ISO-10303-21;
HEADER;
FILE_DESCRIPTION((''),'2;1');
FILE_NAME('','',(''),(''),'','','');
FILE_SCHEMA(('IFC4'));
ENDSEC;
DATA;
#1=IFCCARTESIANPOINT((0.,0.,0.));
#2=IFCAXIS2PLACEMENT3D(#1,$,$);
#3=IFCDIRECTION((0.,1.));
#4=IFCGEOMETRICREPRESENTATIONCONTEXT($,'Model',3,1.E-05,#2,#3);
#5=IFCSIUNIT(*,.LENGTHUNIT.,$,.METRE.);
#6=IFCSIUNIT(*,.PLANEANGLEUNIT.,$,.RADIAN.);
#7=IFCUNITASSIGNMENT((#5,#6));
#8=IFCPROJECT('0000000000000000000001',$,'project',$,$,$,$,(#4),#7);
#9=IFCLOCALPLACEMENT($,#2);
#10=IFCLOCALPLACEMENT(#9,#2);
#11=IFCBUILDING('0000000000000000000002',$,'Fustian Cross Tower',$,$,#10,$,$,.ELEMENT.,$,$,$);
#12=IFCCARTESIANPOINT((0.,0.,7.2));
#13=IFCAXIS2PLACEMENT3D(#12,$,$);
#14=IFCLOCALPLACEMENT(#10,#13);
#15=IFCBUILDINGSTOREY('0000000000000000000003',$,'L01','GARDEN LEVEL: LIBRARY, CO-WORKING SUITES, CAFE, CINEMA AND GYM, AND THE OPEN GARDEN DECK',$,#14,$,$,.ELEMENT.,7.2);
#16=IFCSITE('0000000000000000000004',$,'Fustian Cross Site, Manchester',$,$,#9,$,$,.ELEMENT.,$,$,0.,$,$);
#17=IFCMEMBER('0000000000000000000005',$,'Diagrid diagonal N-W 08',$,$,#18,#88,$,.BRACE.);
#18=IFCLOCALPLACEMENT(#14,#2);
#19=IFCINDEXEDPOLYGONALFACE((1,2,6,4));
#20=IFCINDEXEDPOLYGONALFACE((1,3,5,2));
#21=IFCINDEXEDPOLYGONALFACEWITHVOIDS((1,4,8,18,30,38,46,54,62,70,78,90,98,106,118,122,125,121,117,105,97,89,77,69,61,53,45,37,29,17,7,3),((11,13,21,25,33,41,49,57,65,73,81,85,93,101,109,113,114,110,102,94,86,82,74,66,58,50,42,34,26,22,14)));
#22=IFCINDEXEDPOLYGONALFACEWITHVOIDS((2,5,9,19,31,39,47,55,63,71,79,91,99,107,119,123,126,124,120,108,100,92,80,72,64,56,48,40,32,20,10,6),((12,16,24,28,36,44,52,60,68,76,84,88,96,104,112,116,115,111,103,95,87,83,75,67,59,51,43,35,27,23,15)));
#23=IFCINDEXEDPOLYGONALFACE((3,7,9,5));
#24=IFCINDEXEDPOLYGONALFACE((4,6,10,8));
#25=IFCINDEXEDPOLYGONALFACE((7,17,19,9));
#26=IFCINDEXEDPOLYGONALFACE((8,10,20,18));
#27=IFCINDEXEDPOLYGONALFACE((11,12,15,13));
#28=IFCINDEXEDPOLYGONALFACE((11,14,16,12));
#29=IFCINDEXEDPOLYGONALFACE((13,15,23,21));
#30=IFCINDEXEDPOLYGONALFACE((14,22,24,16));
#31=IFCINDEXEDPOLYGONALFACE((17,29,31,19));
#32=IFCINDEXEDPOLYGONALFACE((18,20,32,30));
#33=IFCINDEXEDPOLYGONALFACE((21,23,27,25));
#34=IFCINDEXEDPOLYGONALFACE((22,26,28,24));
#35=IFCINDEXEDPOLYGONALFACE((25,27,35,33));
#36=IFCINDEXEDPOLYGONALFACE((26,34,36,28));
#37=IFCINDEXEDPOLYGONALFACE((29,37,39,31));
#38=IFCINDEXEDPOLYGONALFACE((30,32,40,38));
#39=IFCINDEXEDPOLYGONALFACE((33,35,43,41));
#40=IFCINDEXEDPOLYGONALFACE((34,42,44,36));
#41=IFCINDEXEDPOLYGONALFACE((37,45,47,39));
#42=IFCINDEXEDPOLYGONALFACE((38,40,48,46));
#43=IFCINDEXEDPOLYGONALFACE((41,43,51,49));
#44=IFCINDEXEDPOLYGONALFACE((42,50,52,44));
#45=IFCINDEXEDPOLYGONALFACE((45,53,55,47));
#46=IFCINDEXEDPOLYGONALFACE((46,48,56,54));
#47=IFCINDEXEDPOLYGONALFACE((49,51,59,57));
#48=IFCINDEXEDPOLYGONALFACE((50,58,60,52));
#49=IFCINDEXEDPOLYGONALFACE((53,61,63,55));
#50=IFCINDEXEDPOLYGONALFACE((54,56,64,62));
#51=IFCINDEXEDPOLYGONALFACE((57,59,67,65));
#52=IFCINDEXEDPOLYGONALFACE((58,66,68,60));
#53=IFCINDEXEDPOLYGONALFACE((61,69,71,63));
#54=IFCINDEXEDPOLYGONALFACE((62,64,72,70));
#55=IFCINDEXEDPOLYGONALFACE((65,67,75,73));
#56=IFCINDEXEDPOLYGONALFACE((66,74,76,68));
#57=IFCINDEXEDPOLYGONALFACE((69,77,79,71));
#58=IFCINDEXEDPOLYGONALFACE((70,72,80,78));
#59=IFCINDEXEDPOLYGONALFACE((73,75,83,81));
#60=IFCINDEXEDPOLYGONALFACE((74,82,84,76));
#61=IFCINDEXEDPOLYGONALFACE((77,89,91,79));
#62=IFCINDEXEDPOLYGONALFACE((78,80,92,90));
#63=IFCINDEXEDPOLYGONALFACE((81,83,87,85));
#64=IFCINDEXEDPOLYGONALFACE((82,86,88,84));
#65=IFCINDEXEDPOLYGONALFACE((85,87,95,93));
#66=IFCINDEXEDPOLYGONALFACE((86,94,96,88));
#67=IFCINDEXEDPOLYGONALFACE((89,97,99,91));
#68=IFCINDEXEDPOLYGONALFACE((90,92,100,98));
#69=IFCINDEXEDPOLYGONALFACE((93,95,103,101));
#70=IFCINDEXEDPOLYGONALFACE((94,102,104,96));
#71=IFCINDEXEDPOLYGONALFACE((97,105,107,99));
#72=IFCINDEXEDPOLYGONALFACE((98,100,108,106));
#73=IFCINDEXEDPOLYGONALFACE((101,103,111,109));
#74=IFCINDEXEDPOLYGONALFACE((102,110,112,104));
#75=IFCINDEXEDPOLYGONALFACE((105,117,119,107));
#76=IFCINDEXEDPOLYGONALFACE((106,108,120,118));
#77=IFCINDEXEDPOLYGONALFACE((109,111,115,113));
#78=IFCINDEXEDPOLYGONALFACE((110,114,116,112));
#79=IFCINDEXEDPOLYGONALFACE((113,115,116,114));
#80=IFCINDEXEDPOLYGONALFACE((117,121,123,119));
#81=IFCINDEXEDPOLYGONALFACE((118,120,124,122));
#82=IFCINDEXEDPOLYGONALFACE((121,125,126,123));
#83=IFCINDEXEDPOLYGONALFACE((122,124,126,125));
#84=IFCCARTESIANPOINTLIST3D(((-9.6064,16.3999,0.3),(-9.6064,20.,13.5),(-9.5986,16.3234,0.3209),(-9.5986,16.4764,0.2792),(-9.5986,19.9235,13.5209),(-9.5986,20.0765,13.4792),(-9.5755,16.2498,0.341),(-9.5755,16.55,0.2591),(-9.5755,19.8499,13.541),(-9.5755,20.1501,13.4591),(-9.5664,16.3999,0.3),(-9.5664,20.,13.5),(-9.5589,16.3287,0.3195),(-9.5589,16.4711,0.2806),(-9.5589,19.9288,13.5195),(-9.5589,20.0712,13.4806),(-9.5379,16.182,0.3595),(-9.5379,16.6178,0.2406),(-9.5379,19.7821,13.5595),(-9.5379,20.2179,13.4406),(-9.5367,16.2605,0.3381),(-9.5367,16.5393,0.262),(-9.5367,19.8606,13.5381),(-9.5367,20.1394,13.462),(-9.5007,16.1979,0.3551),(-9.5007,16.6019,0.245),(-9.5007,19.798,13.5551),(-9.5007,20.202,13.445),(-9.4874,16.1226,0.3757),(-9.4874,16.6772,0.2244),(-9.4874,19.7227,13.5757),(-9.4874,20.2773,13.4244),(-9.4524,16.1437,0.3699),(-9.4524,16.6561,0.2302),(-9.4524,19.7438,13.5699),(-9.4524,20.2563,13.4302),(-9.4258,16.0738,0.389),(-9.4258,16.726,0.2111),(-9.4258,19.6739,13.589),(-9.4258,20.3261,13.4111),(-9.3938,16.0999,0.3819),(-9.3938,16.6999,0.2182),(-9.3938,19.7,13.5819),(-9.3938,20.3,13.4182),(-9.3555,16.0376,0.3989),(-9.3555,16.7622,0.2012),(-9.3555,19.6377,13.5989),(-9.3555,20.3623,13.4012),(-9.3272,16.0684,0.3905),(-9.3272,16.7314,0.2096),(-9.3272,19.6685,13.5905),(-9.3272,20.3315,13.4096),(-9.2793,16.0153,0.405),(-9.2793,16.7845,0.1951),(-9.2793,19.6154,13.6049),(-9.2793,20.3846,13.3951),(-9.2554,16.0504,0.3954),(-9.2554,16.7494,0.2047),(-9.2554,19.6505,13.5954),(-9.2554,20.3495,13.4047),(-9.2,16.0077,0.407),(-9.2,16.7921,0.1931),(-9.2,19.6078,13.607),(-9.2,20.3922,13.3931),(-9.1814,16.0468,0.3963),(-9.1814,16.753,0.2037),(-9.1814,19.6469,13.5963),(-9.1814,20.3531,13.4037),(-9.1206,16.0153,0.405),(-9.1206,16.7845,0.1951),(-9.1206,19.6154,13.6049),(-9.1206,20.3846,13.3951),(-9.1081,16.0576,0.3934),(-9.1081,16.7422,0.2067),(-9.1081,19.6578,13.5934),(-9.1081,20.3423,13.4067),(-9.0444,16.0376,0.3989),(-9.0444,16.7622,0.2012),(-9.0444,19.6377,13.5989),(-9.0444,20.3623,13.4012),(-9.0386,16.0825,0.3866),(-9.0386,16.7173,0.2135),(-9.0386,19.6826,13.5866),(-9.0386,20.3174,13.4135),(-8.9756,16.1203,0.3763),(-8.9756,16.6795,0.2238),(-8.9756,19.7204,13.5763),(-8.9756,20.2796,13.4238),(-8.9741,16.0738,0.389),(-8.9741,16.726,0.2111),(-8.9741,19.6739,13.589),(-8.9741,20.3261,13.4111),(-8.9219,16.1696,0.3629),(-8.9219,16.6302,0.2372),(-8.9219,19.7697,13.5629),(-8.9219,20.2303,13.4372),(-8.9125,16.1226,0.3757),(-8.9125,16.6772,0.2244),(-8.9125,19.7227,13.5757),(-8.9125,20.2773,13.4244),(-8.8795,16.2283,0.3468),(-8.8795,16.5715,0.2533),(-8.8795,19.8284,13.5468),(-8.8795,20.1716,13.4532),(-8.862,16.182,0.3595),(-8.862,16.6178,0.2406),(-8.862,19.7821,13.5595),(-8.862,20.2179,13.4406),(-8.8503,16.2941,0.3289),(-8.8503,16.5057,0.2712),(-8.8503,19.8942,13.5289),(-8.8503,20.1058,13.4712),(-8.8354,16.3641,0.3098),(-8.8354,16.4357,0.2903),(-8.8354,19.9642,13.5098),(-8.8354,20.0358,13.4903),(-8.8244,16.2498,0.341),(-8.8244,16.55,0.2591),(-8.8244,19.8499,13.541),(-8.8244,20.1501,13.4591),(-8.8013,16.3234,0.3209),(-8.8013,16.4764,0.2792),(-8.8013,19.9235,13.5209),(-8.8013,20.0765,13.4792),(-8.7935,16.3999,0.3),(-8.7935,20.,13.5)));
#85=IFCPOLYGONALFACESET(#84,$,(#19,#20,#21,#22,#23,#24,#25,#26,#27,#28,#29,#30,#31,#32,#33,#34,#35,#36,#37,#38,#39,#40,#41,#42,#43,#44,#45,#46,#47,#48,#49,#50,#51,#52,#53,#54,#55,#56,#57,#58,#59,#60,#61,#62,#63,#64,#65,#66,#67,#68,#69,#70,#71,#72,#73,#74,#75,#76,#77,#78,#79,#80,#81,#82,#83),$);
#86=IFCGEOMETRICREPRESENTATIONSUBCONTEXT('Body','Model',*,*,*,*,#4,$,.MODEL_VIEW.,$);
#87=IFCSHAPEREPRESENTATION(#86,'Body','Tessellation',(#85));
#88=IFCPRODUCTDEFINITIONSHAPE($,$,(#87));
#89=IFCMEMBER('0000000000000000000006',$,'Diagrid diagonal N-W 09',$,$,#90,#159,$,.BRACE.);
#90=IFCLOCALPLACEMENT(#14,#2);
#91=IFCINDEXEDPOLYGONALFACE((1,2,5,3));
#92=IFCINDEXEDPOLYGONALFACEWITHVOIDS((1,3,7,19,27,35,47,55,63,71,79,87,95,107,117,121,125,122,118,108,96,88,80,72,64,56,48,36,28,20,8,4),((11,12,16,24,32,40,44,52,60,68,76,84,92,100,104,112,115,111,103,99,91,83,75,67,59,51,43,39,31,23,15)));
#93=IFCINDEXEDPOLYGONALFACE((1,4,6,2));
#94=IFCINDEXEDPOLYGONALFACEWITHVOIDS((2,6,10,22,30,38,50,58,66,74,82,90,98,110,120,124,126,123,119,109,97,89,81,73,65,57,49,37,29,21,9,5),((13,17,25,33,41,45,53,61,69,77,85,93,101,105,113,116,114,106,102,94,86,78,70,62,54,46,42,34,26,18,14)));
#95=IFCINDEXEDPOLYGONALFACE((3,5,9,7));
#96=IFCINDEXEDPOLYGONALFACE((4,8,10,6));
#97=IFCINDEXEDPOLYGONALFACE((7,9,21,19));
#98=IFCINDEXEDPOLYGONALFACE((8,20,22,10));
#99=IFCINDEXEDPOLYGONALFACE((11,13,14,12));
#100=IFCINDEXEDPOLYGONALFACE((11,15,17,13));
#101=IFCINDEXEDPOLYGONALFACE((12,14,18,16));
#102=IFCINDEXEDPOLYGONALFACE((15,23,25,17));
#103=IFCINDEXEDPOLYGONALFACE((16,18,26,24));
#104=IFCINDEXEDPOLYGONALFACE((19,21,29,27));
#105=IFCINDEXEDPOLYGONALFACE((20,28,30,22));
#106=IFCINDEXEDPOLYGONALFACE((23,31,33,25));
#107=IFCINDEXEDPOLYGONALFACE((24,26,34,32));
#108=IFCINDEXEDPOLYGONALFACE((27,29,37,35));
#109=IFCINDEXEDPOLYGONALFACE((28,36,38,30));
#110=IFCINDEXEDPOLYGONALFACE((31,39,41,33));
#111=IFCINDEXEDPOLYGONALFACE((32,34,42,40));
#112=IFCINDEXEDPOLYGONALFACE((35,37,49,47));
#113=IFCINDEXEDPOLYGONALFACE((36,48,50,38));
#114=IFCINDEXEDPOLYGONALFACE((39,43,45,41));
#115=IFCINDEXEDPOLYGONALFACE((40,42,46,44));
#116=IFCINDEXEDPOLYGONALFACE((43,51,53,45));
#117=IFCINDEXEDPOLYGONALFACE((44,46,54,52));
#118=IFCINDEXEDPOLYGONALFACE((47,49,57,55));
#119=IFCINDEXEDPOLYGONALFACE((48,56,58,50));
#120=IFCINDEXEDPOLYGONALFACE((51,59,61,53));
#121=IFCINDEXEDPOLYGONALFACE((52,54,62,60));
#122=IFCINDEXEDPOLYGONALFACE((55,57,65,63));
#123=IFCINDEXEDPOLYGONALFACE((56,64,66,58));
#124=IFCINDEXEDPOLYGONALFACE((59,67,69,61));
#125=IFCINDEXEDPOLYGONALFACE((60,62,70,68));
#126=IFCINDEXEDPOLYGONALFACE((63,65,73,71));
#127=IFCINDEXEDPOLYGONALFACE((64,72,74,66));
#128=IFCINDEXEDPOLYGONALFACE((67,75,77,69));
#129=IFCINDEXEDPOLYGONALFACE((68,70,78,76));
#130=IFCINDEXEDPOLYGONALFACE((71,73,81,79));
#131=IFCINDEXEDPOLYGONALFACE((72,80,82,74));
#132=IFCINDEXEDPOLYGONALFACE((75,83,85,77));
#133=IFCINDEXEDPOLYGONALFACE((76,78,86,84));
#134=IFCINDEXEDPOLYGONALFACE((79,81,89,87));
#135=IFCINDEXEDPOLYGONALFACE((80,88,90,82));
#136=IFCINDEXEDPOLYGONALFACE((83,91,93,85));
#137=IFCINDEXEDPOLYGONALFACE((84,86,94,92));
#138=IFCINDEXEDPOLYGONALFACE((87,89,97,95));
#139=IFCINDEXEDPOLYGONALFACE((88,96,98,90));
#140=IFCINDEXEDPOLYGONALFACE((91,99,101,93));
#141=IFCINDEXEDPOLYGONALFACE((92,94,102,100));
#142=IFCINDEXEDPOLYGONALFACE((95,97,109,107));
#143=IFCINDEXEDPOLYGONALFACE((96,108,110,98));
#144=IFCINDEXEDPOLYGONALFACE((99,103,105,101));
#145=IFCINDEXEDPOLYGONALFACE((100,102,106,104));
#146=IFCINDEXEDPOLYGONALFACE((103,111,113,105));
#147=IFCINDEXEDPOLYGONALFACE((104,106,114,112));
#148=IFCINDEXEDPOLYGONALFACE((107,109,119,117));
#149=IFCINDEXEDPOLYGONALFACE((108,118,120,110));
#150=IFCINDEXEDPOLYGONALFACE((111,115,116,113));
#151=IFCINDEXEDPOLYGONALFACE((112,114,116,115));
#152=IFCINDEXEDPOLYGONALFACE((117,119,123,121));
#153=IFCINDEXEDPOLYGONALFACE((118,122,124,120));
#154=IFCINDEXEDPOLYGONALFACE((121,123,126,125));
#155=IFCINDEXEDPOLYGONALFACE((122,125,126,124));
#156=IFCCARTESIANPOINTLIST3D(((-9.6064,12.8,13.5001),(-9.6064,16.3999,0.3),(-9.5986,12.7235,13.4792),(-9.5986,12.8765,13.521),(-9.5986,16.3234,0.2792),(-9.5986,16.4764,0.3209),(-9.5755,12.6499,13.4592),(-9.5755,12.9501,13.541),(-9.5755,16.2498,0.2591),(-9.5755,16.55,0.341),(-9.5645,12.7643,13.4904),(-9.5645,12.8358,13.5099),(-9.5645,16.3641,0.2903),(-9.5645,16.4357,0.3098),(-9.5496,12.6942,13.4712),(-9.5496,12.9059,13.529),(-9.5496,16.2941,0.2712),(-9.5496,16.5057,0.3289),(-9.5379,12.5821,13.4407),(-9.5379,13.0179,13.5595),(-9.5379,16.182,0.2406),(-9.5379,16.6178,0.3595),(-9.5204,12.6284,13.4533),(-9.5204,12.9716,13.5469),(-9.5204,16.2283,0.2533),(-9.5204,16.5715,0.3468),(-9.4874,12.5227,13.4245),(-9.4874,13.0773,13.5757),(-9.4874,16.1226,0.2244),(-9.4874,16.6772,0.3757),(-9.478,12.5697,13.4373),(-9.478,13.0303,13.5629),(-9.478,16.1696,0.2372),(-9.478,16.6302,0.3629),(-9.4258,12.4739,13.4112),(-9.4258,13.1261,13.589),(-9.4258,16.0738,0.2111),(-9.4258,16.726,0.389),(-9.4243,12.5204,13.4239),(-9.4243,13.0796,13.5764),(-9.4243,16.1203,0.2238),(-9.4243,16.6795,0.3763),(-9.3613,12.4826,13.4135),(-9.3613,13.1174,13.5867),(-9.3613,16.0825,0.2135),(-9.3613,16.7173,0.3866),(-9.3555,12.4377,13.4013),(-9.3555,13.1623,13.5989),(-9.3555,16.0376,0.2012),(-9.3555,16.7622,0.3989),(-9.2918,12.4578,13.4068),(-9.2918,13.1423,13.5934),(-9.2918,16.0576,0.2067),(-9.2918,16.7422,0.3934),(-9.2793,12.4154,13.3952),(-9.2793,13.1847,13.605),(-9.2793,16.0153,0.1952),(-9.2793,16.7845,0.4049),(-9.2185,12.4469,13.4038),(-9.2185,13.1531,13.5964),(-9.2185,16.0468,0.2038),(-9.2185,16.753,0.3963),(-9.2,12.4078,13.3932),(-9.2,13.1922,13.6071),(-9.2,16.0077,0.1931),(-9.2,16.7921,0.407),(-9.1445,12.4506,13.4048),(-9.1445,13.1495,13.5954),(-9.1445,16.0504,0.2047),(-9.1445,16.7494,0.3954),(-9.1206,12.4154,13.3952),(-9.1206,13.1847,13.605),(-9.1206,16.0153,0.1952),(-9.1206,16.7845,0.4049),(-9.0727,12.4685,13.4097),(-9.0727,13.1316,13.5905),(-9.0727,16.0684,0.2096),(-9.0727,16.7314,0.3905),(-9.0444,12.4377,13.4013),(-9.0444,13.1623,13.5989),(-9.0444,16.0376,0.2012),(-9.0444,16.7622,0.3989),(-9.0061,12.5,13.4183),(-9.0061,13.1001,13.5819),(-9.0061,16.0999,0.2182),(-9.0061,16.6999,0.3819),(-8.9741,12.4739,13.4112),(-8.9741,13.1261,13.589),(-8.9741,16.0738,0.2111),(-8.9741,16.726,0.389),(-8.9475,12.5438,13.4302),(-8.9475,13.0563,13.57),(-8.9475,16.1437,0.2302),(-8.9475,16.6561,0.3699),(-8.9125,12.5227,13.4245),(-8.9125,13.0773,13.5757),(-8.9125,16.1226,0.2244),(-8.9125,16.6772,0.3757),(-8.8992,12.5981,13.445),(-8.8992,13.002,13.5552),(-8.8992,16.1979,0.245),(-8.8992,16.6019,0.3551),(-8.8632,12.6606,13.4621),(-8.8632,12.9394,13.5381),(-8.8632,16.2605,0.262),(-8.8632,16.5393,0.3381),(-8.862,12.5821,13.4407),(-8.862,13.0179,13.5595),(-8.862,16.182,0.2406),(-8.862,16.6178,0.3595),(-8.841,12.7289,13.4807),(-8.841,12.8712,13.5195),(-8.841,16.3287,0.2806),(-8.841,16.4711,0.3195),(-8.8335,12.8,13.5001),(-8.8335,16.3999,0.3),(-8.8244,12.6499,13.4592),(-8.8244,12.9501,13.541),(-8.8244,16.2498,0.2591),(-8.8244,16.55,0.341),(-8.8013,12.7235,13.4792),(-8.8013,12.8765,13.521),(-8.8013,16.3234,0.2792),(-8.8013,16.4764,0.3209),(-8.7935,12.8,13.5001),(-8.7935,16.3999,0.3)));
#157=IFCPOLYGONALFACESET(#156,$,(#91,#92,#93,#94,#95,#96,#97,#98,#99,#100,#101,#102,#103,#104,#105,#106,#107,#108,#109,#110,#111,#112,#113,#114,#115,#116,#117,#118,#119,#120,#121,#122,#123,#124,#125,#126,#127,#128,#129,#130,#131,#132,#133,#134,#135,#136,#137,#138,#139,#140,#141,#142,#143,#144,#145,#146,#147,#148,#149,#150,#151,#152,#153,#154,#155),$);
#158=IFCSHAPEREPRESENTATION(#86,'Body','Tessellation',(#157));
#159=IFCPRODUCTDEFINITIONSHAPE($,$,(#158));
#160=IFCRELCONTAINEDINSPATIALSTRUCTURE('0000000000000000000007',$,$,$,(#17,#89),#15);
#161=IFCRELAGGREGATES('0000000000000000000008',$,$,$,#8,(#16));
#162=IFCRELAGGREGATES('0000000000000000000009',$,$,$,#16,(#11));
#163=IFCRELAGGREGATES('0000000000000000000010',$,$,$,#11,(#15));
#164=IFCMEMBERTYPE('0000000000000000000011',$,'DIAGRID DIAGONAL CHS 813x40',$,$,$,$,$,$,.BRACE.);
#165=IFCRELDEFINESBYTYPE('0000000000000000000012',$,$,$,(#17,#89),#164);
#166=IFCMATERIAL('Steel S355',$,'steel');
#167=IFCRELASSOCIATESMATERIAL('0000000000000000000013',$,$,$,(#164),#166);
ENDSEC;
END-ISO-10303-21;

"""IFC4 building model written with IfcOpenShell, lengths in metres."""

from ifc_helpers import new_model, si_unit, direction, frame, origin, origin_2d, place, context, subcontext, project, spatial, hollow_circle, extrude, material, material_profile, profile_set, type_object, element, save


model = new_model("IFC4")

# Units and contexts
model_context = context("Model", 3, precision=1e-05, world=origin(), true_north=direction((0.0, 1.0)))
body_context = subcontext(model_context, "Body", "Model", "MODEL_VIEW")
ifc_project = project(units=[si_unit("LENGTHUNIT", "METRE"), si_unit("PLANEANGLEUNIT", "RADIAN")], contexts=[model_context])

# Site, building, storey
site_placement = place(None, origin())
site = spatial("IfcSite", under=ifc_project, at=site_placement, Name="Fustian Cross Site, Manchester", CompositionType="ELEMENT", RefElevation=0.0)
building_placement = place(site_placement, origin())
building = spatial("IfcBuilding", under=site, at=building_placement, Name="Fustian Cross Tower", CompositionType="ELEMENT")
storey_placement = place(building_placement, frame((0.0, 0.0, 7.2)))
storey = spatial("IfcBuildingStorey", under=building, at=storey_placement, Name="L01", Description="GARDEN LEVEL: LIBRARY, CO-WORKING SUITES, CAFE, CINEMA AND GYM, AND THE OPEN GARDEN DECK", CompositionType="ELEMENT", Elevation=7.2)

# Members
ifc_material_1 = material(Name="Steel S355", Category="steel")
ifc_material_profile_1 = material_profile(ifc_material_1, hollow_circle(Radius=0.4065, WallThickness=0.04, at=origin_2d()), Name="CHS 813x40")
ifc_profile_set_1 = profile_set([ifc_material_profile_1], Name="Steel S355")
member_type_1 = type_object("IfcMemberType", Name="DIAGRID DIAGONAL CHS 813x40", PredefinedType="BRACE", material=ifc_profile_set_1)
for number, where, z_axis, x_axis, name in (
    (1, (-9.2, 16.3999, 0.3), (0.0, 0.263125, 0.964762), (-1.0, 0.0, 0.0), "Diagrid diagonal N-W 08"),
    (2, (-9.2, 16.3999, 0.3), (0.0, -0.263108, 0.964766), (1.0, 0.0, 0.0), "Diagrid diagonal N-W 09"),
):
    element("IfcMember", number, at=place(storey_placement, frame(where, z_axis=z_axis, x_axis=x_axis)), inside=storey, type_object=member_type_1, Name=name, PredefinedType="BRACE", context=body_context, shape_type="SweptSolid", body=[
        extrude(hollow_circle(Radius=0.4065, WallThickness=0.04, at=origin_2d()), origin(), (0.0, 0.0, 1.0), 13.6821),
    ])

save(model, "model.ifc")
